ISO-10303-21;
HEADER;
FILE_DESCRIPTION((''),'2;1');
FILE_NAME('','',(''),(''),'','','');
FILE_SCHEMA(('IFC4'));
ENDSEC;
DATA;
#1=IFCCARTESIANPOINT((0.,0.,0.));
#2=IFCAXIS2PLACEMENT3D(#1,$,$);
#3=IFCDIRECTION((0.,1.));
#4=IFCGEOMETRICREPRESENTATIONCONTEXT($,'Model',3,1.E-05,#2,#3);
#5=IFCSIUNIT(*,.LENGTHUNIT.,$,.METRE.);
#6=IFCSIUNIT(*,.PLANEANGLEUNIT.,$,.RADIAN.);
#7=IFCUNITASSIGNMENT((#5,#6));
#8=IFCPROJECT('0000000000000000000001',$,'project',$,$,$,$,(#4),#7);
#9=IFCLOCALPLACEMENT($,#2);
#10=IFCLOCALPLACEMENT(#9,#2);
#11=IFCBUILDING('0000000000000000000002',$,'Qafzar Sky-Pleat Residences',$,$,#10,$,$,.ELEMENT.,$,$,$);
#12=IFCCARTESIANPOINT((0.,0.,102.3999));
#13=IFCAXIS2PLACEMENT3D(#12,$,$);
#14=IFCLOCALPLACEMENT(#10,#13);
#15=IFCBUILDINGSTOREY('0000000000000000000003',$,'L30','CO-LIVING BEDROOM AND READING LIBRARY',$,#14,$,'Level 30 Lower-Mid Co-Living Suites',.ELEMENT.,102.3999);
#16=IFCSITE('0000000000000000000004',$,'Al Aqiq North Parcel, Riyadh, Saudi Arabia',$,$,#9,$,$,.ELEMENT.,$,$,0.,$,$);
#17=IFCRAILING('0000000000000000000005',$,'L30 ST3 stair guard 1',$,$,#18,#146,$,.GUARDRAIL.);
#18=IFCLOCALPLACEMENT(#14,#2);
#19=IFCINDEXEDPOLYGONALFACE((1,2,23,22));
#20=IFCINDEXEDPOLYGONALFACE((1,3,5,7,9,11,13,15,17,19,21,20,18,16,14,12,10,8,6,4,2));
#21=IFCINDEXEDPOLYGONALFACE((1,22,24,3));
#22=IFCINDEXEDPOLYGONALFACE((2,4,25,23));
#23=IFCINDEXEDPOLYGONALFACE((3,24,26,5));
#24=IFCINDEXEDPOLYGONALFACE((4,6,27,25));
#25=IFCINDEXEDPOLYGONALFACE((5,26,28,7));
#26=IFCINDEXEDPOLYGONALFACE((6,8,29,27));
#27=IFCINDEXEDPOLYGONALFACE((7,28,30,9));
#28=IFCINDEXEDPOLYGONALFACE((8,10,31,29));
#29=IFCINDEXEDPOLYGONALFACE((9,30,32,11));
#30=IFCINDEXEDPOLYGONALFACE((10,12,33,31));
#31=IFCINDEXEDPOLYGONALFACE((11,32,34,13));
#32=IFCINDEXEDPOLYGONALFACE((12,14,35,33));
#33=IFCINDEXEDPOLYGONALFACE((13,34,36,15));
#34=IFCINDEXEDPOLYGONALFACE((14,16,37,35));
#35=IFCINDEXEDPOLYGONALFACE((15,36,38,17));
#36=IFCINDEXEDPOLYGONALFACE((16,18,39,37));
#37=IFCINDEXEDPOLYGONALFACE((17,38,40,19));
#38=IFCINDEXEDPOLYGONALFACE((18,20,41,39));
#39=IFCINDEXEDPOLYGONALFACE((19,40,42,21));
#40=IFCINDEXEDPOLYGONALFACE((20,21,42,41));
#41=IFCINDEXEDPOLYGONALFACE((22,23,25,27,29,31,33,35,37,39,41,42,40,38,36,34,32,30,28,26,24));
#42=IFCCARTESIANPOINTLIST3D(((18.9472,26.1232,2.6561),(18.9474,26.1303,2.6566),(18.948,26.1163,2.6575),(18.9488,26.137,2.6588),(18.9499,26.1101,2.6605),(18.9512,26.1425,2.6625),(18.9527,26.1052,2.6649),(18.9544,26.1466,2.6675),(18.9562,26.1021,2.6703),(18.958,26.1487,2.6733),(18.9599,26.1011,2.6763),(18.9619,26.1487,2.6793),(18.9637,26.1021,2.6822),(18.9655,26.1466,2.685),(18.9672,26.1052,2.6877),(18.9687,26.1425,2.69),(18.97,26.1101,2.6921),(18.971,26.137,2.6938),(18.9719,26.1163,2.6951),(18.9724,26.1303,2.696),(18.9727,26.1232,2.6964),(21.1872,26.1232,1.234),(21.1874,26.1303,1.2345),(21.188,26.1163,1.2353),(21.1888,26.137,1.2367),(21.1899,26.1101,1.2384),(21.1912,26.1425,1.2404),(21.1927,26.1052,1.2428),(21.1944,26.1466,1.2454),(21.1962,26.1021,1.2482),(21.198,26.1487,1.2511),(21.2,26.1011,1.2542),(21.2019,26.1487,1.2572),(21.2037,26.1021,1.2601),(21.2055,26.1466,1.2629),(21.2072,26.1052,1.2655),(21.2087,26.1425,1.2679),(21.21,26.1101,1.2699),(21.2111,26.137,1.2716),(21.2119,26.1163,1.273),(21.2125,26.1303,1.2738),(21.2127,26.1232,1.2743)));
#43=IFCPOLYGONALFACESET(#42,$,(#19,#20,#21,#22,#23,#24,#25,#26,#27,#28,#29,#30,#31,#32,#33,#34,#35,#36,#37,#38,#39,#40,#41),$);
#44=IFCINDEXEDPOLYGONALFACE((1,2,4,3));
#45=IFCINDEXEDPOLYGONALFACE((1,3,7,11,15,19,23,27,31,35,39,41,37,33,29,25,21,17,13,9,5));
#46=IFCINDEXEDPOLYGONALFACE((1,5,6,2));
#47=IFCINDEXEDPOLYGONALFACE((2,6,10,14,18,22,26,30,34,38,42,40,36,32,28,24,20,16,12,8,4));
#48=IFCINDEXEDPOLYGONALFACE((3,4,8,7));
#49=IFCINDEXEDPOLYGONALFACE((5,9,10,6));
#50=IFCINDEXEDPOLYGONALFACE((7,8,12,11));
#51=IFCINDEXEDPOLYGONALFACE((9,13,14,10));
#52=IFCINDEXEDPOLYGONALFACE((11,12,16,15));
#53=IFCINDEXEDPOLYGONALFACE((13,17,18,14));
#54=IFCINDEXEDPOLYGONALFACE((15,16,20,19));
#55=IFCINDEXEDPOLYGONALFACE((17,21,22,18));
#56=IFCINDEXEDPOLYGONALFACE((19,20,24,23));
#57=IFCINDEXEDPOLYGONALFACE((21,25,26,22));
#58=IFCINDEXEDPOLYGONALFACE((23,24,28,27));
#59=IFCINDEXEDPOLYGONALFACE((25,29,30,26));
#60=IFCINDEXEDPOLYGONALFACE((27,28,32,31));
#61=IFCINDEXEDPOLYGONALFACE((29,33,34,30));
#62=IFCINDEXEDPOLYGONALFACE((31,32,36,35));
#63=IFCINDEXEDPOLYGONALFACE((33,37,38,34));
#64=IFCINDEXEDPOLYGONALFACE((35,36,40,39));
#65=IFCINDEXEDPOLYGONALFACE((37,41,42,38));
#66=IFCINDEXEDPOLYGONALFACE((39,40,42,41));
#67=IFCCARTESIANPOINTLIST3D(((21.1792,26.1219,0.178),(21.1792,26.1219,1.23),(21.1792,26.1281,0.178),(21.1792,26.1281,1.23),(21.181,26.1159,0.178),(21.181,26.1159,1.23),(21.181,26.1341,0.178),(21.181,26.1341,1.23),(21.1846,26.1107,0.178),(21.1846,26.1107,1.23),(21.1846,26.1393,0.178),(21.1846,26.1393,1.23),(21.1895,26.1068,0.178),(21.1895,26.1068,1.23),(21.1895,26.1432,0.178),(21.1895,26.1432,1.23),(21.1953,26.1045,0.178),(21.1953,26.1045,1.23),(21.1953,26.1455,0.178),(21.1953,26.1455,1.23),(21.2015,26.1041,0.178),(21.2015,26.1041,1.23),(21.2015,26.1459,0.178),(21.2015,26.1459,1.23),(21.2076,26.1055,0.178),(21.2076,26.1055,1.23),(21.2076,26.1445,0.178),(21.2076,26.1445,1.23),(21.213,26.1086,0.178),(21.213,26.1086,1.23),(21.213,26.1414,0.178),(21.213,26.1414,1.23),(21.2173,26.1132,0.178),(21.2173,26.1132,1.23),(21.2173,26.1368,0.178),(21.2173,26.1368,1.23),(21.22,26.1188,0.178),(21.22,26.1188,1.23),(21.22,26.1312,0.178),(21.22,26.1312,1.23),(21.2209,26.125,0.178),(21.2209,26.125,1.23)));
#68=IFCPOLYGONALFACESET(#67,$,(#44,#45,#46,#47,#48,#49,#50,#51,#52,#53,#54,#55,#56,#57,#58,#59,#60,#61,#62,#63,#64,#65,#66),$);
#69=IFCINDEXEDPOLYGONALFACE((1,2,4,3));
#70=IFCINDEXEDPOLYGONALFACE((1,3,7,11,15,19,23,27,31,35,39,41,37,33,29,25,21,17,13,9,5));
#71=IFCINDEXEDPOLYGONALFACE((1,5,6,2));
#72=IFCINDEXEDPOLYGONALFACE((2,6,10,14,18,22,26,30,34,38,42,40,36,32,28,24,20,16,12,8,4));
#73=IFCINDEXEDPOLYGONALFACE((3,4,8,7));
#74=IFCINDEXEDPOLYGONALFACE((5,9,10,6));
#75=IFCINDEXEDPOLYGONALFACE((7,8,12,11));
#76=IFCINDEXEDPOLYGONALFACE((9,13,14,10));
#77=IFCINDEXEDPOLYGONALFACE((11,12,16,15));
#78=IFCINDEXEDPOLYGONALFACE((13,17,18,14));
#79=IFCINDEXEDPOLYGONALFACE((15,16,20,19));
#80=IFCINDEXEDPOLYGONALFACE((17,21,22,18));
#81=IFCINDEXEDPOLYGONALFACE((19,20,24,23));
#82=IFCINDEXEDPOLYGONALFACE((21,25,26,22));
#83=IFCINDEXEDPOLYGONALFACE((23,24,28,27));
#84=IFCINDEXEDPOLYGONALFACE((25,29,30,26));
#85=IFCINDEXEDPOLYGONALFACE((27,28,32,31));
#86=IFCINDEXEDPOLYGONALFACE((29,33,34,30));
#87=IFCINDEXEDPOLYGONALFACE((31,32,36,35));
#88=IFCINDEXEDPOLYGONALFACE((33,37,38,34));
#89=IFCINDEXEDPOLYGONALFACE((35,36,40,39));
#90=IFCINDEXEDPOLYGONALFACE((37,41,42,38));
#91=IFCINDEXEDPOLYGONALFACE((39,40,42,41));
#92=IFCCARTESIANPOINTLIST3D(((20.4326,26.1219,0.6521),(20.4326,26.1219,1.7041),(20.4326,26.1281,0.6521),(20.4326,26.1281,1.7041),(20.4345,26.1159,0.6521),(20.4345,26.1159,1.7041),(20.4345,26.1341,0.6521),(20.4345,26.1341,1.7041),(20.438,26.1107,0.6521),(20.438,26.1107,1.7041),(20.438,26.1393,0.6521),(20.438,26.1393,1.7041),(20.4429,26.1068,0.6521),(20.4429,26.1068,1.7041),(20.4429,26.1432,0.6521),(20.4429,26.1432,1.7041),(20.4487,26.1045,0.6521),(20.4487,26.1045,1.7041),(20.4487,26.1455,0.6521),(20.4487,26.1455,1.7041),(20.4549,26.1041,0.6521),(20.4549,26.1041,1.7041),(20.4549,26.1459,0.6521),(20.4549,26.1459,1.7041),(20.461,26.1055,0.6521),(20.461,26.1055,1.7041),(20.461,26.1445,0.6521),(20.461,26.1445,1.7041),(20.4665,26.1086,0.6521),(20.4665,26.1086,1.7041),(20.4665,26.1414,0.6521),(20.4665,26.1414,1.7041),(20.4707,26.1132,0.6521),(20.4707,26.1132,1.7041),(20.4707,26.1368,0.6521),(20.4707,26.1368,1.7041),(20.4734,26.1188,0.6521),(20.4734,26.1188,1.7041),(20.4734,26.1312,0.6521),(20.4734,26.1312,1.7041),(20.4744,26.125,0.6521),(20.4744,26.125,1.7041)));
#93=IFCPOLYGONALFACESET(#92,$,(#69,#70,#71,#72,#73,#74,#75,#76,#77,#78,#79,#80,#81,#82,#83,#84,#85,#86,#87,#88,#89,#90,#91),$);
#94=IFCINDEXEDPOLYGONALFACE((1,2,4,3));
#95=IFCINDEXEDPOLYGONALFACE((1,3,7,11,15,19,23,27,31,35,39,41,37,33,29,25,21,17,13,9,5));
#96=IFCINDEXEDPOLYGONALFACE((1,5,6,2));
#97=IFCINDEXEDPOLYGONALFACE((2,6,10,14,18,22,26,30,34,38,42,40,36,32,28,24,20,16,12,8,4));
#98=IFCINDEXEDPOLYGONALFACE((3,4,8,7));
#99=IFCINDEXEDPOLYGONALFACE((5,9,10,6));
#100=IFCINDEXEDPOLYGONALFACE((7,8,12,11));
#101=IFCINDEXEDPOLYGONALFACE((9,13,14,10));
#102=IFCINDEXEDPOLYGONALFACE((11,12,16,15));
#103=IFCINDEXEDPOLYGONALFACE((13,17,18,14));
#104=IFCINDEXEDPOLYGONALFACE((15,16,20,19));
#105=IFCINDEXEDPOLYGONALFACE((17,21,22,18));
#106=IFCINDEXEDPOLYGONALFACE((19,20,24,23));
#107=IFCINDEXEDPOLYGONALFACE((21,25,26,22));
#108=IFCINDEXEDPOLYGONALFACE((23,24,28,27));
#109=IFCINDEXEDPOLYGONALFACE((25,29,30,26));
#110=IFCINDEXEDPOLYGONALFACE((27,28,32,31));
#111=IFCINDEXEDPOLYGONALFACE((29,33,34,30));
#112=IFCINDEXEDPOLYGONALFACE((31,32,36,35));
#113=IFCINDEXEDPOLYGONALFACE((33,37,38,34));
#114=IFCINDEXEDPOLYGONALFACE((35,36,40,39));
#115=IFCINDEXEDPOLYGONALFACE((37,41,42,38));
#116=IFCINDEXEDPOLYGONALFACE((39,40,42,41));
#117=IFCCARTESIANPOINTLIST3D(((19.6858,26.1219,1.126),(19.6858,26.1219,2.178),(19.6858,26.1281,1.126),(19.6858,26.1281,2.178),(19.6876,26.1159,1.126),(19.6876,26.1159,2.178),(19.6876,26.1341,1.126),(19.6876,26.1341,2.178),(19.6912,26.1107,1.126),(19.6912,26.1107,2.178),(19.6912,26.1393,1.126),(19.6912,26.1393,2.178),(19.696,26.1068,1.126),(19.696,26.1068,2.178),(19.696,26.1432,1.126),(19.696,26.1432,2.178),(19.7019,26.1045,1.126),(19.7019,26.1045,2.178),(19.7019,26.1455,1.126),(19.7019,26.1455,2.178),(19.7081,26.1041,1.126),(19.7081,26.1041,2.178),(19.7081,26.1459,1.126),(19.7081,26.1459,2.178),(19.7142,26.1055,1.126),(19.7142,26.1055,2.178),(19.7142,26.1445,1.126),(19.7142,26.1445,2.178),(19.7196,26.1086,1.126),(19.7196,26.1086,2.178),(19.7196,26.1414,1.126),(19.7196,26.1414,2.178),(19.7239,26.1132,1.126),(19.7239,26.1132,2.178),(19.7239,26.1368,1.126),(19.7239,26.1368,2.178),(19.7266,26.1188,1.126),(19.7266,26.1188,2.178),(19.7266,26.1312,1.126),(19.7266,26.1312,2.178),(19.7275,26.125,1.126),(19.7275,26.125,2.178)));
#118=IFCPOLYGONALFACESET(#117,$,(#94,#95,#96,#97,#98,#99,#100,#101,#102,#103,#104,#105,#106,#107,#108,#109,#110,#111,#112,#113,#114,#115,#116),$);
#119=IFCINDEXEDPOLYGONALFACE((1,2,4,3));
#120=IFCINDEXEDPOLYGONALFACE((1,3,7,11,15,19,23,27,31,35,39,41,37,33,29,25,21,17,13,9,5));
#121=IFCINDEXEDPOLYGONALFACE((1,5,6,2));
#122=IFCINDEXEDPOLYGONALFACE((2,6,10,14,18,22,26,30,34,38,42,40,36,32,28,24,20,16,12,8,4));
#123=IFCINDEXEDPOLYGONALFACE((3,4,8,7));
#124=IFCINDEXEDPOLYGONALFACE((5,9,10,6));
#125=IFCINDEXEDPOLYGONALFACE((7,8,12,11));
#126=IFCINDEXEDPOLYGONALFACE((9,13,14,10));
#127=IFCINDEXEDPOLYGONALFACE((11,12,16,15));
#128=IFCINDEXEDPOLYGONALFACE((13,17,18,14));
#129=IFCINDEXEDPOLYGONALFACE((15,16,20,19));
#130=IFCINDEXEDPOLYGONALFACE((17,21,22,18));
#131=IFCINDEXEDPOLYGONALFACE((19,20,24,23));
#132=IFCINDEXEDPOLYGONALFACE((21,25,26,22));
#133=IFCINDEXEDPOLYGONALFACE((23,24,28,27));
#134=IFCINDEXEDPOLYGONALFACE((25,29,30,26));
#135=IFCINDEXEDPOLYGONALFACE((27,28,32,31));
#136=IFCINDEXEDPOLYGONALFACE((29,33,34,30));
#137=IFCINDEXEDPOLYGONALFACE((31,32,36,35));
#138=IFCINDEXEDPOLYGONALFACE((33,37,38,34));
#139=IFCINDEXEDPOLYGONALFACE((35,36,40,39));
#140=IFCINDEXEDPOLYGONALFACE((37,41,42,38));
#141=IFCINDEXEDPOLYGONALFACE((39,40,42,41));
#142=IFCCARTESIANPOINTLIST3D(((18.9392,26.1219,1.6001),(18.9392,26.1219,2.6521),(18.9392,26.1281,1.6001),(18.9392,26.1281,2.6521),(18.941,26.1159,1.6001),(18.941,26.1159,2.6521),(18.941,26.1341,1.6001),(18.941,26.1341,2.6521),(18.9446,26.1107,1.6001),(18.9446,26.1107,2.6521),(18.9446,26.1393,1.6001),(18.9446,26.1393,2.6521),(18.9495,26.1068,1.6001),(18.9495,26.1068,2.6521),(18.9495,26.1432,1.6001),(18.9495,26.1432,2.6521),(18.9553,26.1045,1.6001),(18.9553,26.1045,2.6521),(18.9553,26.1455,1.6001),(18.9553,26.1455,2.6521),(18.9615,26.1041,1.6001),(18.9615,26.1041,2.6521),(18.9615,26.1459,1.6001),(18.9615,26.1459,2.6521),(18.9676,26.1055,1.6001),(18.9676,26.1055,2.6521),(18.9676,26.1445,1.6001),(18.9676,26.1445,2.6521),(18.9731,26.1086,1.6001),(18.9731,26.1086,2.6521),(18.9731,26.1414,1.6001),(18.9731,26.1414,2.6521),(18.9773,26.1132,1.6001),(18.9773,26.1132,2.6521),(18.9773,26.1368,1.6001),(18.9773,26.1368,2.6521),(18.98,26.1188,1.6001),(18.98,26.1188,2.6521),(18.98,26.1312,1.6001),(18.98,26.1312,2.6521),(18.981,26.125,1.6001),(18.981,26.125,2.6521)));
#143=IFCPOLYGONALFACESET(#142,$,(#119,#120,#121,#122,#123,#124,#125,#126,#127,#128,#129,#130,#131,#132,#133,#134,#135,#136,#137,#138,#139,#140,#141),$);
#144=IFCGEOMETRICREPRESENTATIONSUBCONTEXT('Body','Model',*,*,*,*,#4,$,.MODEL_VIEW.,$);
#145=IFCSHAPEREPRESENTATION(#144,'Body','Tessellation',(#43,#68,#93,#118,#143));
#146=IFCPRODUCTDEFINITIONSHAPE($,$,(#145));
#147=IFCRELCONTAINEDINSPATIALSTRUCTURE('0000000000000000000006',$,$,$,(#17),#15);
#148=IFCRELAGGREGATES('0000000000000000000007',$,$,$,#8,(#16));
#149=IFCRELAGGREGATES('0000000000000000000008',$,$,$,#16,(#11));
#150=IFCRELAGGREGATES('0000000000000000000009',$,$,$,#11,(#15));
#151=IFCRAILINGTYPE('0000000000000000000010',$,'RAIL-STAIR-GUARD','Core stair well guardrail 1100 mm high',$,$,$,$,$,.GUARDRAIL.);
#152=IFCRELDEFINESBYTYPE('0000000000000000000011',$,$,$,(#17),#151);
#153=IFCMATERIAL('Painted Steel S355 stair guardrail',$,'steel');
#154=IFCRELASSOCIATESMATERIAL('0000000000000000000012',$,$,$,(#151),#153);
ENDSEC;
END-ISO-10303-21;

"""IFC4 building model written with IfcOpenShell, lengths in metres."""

from ifc_helpers import new_model, si_unit, direction, frame, origin, origin_2d, place, context, subcontext, project, spatial, circle, extrude, source, transform, mapped, material, type_object, element, save


model = new_model("IFC4")

# Units and contexts
model_context = context("Model", 3, precision=1e-05, world=origin(), true_north=direction((0.0, 1.0)))
body_context = subcontext(model_context, "Body", "Model", "MODEL_VIEW")
ifc_project = project(units=[si_unit("LENGTHUNIT", "METRE"), si_unit("PLANEANGLEUNIT", "RADIAN")], contexts=[model_context])

# Site, building, storey
site_placement = place(None, origin())
site = spatial("IfcSite", under=ifc_project, at=site_placement, Name="Al Aqiq North Parcel, Riyadh, Saudi Arabia", CompositionType="ELEMENT", RefElevation=0.0)
building_placement = place(site_placement, origin())
building = spatial("IfcBuilding", under=site, at=building_placement, Name="Qafzar Sky-Pleat Residences", CompositionType="ELEMENT")
storey_placement = place(building_placement, frame((0.0, 0.0, 102.3999)))
storey = spatial("IfcBuildingStorey", under=building, at=storey_placement, Name="L30", Description="CO-LIVING BEDROOM AND READING LIBRARY", LongName="Level 30 Lower-Mid Co-Living Suites", CompositionType="ELEMENT", Elevation=102.3999)

# Railing
ifc_material_1 = material(Name="Painted Steel S355 stair guardrail", Category="steel")
railing_type_1 = type_object("IfcRailingType", Name="RAIL-STAIR-GUARD", Description="Core stair well guardrail 1100 mm high", PredefinedType="GUARDRAIL", material=ifc_material_1)
shared_shape_1 = source(origin(), body_context, "Body", "SweptSolid", [
    extrude(circle(Radius=0.0239, at=origin_2d()), frame((0.0, 0.0, 1.0762), z_axis=(-0.844229, 0.0, 0.535982), x_axis=(0.0, -1.0, 0.0)), (0.0, 0.0, 1.0), 2.6533),
    extrude(circle(Radius=0.021, at=origin_2d()), origin(), (0.0, 0.0, 1.0), 1.052),
    extrude(circle(Radius=0.021, at=origin_2d()), frame((-0.7466, 0.0, 0.4741)), (0.0, 0.0, 1.0), 1.052),
    extrude(circle(Radius=0.021, at=origin_2d()), frame((-1.4934, 0.0, 0.948)), (0.0, 0.0, 1.0), 1.052),
    extrude(circle(Radius=0.021, at=origin_2d()), frame((-2.24, 0.0, 1.4221)), (0.0, 0.0, 1.0), 1.052),
])
railing_1_placement = place(storey_placement, frame((21.2, 26.125, 0.178)))
element("IfcRailing", 1, at=railing_1_placement, inside=storey, type_object=railing_type_1, Name="L30 ST3 stair guard 1", PredefinedType="GUARDRAIL", context=body_context, shape_type="MappedRepresentation", body=[
    mapped(shared_shape_1, transform((0.0, 0.0, 0.0), x_axis=(1.0, 0.0, 0.0), y_axis=(0.0, 1.0, 0.0), z_axis=(0.0, 0.0, 1.0), scale=1.0)),
])

save(model, "model.ifc")
